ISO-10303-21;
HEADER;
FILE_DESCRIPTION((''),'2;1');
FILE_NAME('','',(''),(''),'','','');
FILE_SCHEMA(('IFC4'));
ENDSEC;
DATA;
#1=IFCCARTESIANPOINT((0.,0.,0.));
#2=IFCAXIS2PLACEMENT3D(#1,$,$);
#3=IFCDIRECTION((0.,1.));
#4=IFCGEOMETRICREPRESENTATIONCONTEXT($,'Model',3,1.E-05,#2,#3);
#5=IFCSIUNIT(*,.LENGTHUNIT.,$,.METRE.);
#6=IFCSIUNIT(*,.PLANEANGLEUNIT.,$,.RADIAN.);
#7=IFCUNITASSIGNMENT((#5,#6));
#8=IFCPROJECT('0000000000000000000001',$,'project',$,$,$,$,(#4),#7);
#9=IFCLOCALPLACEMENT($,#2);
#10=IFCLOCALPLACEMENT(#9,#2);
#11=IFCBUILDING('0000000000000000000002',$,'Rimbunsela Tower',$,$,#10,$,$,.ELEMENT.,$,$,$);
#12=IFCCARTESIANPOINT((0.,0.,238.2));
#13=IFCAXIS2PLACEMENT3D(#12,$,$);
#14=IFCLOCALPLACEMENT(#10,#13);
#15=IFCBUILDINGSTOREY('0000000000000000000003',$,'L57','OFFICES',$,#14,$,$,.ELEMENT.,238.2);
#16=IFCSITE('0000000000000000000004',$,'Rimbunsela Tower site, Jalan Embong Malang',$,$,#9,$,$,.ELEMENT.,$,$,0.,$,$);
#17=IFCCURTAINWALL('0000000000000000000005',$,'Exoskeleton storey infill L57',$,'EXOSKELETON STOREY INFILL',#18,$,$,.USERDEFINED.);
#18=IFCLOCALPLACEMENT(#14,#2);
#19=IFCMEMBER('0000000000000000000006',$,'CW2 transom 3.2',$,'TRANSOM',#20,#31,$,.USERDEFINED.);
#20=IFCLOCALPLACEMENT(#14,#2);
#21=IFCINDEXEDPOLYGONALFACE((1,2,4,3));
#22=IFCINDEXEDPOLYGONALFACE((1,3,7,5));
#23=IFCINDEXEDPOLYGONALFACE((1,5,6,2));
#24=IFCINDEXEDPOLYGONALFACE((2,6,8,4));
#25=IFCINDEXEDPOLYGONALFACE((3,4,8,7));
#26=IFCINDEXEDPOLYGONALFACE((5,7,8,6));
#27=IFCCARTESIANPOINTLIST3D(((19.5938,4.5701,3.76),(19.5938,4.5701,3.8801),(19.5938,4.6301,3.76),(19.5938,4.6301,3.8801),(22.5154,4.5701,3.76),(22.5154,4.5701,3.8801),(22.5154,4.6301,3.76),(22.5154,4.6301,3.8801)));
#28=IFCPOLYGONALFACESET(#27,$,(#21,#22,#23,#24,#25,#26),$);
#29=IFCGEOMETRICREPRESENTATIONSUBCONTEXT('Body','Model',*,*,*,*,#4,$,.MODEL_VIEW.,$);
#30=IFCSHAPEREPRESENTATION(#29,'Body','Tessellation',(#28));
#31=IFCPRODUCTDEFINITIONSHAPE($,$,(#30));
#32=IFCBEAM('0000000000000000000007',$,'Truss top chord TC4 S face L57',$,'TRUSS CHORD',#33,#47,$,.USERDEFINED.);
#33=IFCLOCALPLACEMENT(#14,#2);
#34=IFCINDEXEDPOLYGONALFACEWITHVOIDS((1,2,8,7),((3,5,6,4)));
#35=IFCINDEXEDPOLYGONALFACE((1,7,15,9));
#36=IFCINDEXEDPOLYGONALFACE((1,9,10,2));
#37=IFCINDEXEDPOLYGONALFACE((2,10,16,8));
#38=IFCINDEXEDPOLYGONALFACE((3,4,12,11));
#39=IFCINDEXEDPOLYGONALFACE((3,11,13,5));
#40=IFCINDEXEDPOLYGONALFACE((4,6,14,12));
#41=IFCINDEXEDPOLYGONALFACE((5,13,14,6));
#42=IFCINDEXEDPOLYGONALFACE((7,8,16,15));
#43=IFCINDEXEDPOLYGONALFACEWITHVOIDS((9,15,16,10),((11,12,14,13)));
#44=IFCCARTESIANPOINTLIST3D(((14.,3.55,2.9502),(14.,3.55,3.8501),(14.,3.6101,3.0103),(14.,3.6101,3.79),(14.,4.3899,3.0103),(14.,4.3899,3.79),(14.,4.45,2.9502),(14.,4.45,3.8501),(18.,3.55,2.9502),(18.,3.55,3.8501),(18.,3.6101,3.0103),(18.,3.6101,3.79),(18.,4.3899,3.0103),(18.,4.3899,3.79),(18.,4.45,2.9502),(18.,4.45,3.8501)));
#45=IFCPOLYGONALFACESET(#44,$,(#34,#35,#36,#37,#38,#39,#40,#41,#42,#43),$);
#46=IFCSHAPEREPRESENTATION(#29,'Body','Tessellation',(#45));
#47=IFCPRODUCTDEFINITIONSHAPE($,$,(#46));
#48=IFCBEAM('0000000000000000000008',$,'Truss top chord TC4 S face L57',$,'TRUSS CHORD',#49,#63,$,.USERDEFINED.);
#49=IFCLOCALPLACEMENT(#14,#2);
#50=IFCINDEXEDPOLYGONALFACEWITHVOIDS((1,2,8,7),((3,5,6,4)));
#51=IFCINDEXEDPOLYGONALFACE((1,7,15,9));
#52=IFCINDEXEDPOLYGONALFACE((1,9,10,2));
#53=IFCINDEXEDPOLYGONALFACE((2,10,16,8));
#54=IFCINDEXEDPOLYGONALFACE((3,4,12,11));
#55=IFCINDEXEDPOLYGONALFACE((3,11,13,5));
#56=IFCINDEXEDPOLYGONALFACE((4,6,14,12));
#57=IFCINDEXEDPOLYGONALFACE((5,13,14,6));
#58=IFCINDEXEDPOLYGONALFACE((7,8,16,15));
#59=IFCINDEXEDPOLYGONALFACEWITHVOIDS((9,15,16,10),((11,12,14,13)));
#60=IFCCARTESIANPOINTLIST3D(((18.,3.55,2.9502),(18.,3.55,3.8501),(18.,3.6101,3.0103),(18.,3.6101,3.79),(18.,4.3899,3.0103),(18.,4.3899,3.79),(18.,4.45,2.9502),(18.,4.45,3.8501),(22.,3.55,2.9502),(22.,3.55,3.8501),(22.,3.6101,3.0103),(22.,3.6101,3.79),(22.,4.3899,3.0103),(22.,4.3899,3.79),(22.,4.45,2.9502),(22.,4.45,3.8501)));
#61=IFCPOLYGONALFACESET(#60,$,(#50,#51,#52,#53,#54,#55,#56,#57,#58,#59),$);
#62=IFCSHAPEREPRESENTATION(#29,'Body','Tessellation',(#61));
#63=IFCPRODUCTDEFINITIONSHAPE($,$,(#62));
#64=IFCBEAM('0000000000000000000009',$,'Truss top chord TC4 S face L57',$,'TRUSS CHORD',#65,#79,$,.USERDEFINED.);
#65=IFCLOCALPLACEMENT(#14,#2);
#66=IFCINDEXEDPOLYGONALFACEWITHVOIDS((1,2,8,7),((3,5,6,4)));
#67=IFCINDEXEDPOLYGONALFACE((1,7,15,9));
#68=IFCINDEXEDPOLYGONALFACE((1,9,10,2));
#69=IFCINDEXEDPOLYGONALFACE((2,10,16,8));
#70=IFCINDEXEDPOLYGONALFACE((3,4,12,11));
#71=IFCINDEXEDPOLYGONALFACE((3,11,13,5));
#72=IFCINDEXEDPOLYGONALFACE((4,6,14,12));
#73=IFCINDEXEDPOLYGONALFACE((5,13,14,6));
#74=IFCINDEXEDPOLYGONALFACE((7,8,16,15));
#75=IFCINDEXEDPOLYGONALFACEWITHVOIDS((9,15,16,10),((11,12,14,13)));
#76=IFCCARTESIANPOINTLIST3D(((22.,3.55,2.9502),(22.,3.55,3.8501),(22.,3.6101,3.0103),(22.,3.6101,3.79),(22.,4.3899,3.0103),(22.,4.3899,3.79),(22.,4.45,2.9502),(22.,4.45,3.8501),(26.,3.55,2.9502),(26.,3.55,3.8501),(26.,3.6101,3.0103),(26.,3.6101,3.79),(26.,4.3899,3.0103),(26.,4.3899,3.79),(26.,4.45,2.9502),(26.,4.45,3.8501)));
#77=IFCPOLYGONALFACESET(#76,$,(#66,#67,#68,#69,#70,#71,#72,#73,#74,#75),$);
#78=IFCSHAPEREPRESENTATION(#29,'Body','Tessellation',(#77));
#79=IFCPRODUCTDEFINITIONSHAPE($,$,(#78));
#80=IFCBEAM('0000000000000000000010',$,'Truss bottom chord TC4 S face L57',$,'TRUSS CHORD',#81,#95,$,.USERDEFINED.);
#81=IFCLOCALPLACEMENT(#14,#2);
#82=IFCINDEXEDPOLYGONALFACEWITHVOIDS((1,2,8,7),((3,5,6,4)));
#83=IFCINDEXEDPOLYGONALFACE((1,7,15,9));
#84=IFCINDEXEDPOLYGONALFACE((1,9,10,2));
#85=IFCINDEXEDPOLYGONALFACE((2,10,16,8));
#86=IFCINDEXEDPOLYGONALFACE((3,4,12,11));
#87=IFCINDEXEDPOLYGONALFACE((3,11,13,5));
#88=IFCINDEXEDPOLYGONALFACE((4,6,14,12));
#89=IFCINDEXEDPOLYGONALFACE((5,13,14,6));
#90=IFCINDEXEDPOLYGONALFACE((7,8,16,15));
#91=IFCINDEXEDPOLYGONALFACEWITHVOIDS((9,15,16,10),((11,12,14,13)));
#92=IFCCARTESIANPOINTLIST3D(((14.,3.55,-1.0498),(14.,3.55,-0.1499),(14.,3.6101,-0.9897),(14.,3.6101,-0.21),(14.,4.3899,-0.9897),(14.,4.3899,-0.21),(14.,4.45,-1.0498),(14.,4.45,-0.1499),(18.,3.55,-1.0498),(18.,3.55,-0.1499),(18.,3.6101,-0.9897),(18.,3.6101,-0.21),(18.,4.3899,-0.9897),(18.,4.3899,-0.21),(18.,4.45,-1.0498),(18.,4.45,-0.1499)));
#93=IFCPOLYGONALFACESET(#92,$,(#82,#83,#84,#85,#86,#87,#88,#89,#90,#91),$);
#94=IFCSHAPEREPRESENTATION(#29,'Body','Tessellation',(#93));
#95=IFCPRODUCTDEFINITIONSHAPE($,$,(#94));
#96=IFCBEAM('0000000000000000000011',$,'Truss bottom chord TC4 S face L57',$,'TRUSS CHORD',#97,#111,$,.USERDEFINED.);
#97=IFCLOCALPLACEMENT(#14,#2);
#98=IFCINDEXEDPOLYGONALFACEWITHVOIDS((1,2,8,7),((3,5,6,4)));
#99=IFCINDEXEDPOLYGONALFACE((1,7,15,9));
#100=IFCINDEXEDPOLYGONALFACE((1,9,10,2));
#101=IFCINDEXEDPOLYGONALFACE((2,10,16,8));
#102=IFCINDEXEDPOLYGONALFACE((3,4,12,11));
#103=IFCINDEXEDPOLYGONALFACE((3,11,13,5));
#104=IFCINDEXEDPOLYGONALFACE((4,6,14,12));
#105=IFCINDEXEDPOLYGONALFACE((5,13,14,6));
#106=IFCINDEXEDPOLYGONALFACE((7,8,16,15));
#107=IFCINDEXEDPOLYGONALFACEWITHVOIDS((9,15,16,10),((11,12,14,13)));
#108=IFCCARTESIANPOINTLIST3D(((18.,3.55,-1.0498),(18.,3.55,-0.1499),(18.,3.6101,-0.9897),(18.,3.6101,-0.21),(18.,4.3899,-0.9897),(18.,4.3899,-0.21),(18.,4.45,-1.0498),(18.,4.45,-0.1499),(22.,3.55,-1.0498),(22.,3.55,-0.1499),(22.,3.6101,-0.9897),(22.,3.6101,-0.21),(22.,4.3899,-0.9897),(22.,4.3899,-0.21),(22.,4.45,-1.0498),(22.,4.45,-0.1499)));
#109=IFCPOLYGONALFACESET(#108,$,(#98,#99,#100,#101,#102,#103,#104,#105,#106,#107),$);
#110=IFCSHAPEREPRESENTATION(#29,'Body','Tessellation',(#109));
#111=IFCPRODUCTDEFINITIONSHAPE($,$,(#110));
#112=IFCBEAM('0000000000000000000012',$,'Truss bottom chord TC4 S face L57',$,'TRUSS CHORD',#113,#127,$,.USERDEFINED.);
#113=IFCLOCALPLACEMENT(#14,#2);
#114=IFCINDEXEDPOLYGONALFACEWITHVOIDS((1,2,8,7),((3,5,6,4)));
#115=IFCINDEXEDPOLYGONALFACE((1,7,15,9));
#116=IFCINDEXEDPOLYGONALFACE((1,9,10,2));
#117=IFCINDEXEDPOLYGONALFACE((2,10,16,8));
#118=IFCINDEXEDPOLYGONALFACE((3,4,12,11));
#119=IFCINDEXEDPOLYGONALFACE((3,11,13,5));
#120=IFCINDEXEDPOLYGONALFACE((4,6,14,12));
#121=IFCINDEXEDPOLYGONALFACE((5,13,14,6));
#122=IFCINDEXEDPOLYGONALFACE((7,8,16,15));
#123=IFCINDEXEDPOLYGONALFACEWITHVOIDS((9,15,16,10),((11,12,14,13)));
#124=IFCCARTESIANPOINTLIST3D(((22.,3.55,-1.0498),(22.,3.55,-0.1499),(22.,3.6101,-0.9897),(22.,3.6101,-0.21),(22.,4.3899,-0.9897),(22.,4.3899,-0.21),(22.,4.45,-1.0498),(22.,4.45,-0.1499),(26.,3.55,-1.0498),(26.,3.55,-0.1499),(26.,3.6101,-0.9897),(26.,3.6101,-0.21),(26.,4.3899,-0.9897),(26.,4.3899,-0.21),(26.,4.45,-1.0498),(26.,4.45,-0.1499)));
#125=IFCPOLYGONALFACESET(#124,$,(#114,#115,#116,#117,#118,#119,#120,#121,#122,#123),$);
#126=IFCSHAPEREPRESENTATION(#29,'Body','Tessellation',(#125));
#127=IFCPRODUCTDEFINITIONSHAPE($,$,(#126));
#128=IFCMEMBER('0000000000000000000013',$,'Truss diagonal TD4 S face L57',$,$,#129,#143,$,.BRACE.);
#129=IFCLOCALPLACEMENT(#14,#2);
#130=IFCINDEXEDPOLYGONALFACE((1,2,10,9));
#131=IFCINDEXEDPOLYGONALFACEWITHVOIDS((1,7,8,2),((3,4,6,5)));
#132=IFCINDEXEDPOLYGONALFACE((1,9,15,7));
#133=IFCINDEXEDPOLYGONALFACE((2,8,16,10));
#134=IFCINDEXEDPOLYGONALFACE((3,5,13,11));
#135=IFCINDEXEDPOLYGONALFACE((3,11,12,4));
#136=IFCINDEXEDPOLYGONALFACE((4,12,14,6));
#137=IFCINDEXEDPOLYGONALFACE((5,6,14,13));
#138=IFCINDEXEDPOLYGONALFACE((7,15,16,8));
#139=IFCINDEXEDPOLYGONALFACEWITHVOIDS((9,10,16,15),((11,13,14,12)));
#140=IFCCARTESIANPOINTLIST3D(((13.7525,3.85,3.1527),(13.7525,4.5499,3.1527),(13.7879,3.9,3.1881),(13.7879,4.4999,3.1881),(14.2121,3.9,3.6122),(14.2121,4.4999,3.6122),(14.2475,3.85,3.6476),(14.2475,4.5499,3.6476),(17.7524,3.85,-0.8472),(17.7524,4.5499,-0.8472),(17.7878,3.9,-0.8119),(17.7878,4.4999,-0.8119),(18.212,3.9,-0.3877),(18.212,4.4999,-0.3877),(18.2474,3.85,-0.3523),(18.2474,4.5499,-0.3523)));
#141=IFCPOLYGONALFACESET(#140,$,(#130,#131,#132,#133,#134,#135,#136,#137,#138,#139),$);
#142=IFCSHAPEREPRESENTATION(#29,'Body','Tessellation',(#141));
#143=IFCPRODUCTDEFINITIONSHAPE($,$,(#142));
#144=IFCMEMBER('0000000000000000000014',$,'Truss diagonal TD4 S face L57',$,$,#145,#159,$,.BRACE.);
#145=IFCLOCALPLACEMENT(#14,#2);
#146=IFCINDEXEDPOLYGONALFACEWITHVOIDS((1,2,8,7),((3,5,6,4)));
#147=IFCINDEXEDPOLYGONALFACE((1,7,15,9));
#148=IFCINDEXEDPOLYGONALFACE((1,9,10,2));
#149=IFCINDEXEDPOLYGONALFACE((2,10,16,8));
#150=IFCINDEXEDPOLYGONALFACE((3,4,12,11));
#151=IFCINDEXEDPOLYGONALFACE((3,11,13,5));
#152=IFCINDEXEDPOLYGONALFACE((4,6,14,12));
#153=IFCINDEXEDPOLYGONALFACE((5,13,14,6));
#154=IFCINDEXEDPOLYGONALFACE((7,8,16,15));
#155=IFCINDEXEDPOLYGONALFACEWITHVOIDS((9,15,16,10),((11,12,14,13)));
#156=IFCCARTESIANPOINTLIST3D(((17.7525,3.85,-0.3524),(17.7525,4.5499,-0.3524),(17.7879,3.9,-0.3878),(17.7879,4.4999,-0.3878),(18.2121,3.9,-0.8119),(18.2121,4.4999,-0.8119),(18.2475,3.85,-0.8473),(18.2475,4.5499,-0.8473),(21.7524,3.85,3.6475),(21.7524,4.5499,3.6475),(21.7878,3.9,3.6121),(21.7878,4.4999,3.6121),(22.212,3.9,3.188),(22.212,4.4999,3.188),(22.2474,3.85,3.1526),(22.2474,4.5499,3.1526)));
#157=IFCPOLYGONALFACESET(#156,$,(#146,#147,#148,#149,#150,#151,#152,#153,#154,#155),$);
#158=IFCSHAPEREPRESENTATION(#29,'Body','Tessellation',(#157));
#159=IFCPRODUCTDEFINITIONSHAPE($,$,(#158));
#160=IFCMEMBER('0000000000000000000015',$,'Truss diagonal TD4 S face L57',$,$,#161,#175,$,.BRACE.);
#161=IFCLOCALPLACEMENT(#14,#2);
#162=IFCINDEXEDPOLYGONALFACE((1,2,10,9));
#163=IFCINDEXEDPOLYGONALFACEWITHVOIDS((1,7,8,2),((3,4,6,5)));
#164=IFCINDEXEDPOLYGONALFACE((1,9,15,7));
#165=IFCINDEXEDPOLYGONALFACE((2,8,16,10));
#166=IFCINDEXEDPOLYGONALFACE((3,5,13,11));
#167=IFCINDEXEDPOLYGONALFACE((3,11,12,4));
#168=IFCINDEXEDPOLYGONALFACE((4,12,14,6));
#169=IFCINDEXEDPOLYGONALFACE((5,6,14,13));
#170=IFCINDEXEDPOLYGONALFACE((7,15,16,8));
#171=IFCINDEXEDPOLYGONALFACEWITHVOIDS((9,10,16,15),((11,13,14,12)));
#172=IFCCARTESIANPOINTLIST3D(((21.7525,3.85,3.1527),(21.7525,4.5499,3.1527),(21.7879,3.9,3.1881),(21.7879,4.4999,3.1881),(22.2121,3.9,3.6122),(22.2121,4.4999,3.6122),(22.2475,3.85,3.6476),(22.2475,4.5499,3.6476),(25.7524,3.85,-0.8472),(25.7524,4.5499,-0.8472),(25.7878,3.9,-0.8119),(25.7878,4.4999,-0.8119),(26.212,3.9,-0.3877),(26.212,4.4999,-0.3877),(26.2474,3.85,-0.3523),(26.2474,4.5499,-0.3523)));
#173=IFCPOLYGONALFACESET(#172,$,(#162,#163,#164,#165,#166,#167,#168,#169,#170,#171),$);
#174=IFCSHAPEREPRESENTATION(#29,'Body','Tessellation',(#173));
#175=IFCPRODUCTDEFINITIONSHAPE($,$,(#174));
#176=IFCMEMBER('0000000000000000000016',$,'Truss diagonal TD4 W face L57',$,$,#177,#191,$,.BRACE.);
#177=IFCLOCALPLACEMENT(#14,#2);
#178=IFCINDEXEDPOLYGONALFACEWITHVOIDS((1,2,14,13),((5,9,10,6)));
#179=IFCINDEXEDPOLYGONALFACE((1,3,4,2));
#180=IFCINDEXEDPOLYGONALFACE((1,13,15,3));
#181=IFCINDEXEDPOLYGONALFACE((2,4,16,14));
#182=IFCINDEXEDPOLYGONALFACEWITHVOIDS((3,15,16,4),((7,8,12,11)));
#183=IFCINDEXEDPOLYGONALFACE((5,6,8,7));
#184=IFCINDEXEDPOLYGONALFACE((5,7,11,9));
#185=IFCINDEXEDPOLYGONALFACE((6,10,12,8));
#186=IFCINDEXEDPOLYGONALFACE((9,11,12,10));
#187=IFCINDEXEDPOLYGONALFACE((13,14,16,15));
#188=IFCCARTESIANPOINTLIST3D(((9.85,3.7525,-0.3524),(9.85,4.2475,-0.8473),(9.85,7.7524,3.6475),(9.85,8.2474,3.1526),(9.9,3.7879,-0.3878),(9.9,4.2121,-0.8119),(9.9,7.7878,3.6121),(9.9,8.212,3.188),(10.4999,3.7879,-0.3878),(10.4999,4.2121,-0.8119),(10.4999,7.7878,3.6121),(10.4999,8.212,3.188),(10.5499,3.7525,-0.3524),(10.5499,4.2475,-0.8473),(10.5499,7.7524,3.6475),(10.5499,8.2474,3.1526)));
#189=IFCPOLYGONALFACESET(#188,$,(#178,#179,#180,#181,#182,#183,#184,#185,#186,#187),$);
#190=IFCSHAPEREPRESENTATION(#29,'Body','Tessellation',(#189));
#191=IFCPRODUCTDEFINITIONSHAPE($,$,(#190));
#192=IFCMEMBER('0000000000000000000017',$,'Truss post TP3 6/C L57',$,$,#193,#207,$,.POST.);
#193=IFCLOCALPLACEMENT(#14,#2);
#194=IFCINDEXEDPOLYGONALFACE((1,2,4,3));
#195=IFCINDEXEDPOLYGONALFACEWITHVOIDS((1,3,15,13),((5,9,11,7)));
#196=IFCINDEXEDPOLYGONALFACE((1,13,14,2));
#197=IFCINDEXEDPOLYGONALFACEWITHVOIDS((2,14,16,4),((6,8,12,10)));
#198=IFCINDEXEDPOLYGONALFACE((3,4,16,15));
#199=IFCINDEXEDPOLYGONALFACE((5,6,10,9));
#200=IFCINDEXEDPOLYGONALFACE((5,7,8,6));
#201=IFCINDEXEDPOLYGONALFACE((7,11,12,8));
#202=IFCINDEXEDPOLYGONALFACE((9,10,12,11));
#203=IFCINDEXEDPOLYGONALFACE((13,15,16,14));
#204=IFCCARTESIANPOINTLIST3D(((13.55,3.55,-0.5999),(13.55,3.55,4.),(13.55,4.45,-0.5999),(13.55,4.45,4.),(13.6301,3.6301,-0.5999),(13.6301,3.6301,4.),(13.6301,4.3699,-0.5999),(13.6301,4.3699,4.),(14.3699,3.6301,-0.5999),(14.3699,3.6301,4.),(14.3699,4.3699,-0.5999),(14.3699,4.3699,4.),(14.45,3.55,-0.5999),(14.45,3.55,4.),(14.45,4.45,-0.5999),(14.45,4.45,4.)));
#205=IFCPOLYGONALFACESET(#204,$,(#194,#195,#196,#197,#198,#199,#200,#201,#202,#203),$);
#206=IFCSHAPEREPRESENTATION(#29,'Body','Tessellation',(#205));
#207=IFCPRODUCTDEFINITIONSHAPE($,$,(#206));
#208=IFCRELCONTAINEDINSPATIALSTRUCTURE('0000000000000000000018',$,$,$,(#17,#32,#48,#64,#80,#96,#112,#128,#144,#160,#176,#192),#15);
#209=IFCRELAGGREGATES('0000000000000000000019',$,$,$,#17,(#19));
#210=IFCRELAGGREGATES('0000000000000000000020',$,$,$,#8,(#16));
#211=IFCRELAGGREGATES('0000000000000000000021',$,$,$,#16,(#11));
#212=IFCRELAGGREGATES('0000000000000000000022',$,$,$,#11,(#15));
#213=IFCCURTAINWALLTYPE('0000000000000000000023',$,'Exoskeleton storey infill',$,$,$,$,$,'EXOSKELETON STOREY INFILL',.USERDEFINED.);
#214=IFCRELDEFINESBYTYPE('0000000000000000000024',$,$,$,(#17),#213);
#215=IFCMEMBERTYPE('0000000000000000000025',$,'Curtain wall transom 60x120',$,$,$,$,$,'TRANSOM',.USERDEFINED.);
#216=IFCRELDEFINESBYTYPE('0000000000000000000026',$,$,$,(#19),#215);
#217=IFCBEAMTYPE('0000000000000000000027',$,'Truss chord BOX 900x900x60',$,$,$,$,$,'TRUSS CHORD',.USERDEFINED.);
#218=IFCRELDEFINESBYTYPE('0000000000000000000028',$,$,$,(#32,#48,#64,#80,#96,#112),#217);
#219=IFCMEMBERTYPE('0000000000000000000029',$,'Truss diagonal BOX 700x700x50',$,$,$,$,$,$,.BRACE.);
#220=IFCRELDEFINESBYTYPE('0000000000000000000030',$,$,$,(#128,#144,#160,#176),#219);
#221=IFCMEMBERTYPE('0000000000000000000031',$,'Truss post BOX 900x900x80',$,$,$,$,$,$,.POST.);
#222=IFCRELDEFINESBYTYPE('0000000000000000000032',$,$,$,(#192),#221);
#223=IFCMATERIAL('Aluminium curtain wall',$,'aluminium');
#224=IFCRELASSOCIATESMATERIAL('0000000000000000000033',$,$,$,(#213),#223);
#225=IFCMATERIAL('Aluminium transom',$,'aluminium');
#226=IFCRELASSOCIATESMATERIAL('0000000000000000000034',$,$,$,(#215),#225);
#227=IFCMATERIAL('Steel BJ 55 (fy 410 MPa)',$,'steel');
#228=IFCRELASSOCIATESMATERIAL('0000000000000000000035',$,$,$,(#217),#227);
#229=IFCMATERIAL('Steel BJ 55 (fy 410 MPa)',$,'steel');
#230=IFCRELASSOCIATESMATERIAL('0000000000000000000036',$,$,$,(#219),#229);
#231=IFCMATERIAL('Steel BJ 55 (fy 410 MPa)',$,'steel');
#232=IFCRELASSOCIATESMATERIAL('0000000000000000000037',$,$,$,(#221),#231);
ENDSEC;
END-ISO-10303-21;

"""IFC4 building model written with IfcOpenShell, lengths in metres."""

from ifc_helpers import new_model, si_unit, direction, frame, origin, origin_2d, place, context, subcontext, project, spatial, rectangle, hollow_rectangle, extrude, material, material_profile, profile_set, type_object, element, aggregate, save


model = new_model("IFC4")

# Units and contexts
model_context = context("Model", 3, precision=1e-05, world=origin(), true_north=direction((0.0, 1.0)))
body_context = subcontext(model_context, "Body", "Model", "MODEL_VIEW")
ifc_project = project(units=[si_unit("LENGTHUNIT", "METRE"), si_unit("PLANEANGLEUNIT", "RADIAN")], contexts=[model_context])

# Site, building, storey
site_placement = place(None, origin())
site = spatial("IfcSite", under=ifc_project, at=site_placement, Name="Rimbunsela Tower site, Jalan Embong Malang", CompositionType="ELEMENT", RefElevation=0.0)
building_placement = place(site_placement, origin())
building = spatial("IfcBuilding", under=site, at=building_placement, Name="Rimbunsela Tower", CompositionType="ELEMENT")
storey_placement = place(building_placement, frame((0.0, 0.0, 238.2)))
storey = spatial("IfcBuildingStorey", under=building, at=storey_placement, Name="L57", Description="OFFICES", CompositionType="ELEMENT", Elevation=238.2)

# Curtain wall
ifc_material_1 = material(Name="Aluminium curtain wall", Category="aluminium")
curtain_wall_type_1 = type_object("IfcCurtainWallType", Name="Exoskeleton storey infill", ElementType="EXOSKELETON STOREY INFILL", PredefinedType="USERDEFINED", material=ifc_material_1)
curtain_wall_1_placement = place(storey_placement, origin())
curtain_wall_1 = element("IfcCurtainWall", 1, at=curtain_wall_1_placement, inside=storey, type_object=curtain_wall_type_1, Name="Exoskeleton storey infill L57", ObjectType="EXOSKELETON STOREY INFILL", PredefinedType="USERDEFINED")

# Member
ifc_material_2 = material(Name="Aluminium transom", Category="aluminium")
ifc_material_profile_1 = material_profile(ifc_material_2, rectangle(XDim=0.0601, YDim=0.1201, at=origin_2d()), Name="Transom 60x120")
ifc_profile_set_1 = profile_set([ifc_material_profile_1], Name="Aluminium transom")
member_type_1 = type_object("IfcMemberType", Name="Curtain wall transom 60x120", ElementType="TRANSOM", PredefinedType="USERDEFINED", material=ifc_profile_set_1)
member_1_placement = place(storey_placement, frame((19.5938, 4.6001, 3.8201), z_axis=(1.0, 0.0, 0.0), x_axis=(0.0, 1.0, 0.0)))
member_1 = element("IfcMember", 2, at=member_1_placement, type_object=member_type_1, Name="CW2 transom 3.2", ObjectType="TRANSOM", PredefinedType="USERDEFINED", context=body_context, shape_type="SweptSolid", body=[
    extrude(rectangle(XDim=0.0601, YDim=0.1201, at=origin_2d()), origin(), (0.0, 0.0, 1.0), 2.9216),
])

# Beams
ifc_material_3 = material(Name="Steel BJ 55 (fy 410 MPa)", Category="steel")
ifc_material_profile_2 = material_profile(ifc_material_3, hollow_rectangle(XDim=0.8999, YDim=0.8999, WallThickness=0.0601, at=origin_2d()), Name="BOX 900x900x60")
ifc_profile_set_2 = profile_set([ifc_material_profile_2], Name="Steel BJ 55 (fy 410 MPa)")
beam_type = type_object("IfcBeamType", Name="Truss chord BOX 900x900x60", ElementType="TRUSS CHORD", PredefinedType="USERDEFINED", material=ifc_profile_set_2)
for number, where, z_axis, x_axis, name in (
    (3, (14.0, 4.0, 3.4001), (1.0, 0.0, 0.0), (0.0, 1.0, 0.0), "Truss top chord TC4 S face L57"),
    (4, (18.0, 4.0, 3.4001), (1.0, 0.0, 0.0), (0.0, 1.0, 0.0), "Truss top chord TC4 S face L57"),
    (5, (22.0, 4.0, 3.4001), (1.0, 0.0, 0.0), (0.0, 1.0, 0.0), "Truss top chord TC4 S face L57"),
    (6, (14.0, 4.0, -0.5999), (1.0, 0.0, 0.0), (0.0, 1.0, 0.0), "Truss bottom chord TC4 S face L57"),
    (7, (18.0, 4.0, -0.5999), (1.0, 0.0, 0.0), (0.0, 1.0, 0.0), "Truss bottom chord TC4 S face L57"),
    (8, (22.0, 4.0, -0.5999), (1.0, 0.0, 0.0), (0.0, 1.0, 0.0), "Truss bottom chord TC4 S face L57"),
):
    element("IfcBeam", number, at=place(storey_placement, frame(where, z_axis=z_axis, x_axis=x_axis)), inside=storey, type_object=beam_type, Name=name, ObjectType="TRUSS CHORD", PredefinedType="USERDEFINED", context=body_context, shape_type="SweptSolid", body=[
        extrude(hollow_rectangle(XDim=0.8999, YDim=0.8999, WallThickness=0.0601, at=origin_2d()), origin(), (0.0, 0.0, 1.0), 4.0),
    ])

# Members
ifc_material_4 = material(Name="Steel BJ 55 (fy 410 MPa)", Category="steel")
ifc_material_profile_3 = material_profile(ifc_material_4, hollow_rectangle(XDim=0.7, YDim=0.7, WallThickness=0.05, at=origin_2d()), Name="BOX 700x700x50")
ifc_profile_set_3 = profile_set([ifc_material_profile_3], Name="Steel BJ 55 (fy 410 MPa)")
member_type_2 = type_object("IfcMemberType", Name="Truss diagonal BOX 700x700x50", PredefinedType="BRACE", material=ifc_profile_set_3)
for number, where, z_axis, x_axis, name in (
    (9, (14.0, 4.2, 3.4001), (0.707107, 0.0, -0.707107), (0.0, 1.0, 0.0), "Truss diagonal TD4 S face L57"),
    (10, (18.0, 4.2, -0.5999), (0.707107, 0.0, 0.707107), (0.0, 1.0, 0.0), "Truss diagonal TD4 S face L57"),
    (11, (22.0, 4.2, 3.4001), (0.707107, 0.0, -0.707107), (0.0, 1.0, 0.0), "Truss diagonal TD4 S face L57"),
    (12, (10.2, 4.0, -0.5999), (0.0, 0.707107, 0.707107), (-1.0, 0.0, 0.0), "Truss diagonal TD4 W face L57"),
):
    element("IfcMember", number, at=place(storey_placement, frame(where, z_axis=z_axis, x_axis=x_axis)), inside=storey, type_object=member_type_2, Name=name, PredefinedType="BRACE", context=body_context, shape_type="SweptSolid", body=[
        extrude(hollow_rectangle(XDim=0.7, YDim=0.7, WallThickness=0.05, at=origin_2d()), origin(), (0.0, 0.0, 1.0), 5.6567),
    ])
ifc_material_5 = material(Name="Steel BJ 55 (fy 410 MPa)", Category="steel")
ifc_material_profile_4 = material_profile(ifc_material_5, hollow_rectangle(XDim=0.8999, YDim=0.8999, WallThickness=0.0801, at=origin_2d()), Name="BOX 900x900x80")
ifc_profile_set_4 = profile_set([ifc_material_profile_4], Name="Steel BJ 55 (fy 410 MPa)")
member_type_3 = type_object("IfcMemberType", Name="Truss post BOX 900x900x80", PredefinedType="POST", material=ifc_profile_set_4)
for number, where, z_axis, x_axis, name in (
    (13, (14.0, 4.0, -0.5999), (0.0, 0.0, 1.0), (1.0, 0.0, 0.0), "Truss post TP3 6/C L57"),
):
    element("IfcMember", number, at=place(storey_placement, frame(where, z_axis=z_axis, x_axis=x_axis)), inside=storey, type_object=member_type_3, Name=name, PredefinedType="POST", context=body_context, shape_type="SweptSolid", body=[
        extrude(hollow_rectangle(XDim=0.8999, YDim=0.8999, WallThickness=0.0801, at=origin_2d()), origin(), (0.0, 0.0, 1.0), 4.5999),
    ])

aggregate(curtain_wall_1, [member_1])

save(model, "model.ifc")
